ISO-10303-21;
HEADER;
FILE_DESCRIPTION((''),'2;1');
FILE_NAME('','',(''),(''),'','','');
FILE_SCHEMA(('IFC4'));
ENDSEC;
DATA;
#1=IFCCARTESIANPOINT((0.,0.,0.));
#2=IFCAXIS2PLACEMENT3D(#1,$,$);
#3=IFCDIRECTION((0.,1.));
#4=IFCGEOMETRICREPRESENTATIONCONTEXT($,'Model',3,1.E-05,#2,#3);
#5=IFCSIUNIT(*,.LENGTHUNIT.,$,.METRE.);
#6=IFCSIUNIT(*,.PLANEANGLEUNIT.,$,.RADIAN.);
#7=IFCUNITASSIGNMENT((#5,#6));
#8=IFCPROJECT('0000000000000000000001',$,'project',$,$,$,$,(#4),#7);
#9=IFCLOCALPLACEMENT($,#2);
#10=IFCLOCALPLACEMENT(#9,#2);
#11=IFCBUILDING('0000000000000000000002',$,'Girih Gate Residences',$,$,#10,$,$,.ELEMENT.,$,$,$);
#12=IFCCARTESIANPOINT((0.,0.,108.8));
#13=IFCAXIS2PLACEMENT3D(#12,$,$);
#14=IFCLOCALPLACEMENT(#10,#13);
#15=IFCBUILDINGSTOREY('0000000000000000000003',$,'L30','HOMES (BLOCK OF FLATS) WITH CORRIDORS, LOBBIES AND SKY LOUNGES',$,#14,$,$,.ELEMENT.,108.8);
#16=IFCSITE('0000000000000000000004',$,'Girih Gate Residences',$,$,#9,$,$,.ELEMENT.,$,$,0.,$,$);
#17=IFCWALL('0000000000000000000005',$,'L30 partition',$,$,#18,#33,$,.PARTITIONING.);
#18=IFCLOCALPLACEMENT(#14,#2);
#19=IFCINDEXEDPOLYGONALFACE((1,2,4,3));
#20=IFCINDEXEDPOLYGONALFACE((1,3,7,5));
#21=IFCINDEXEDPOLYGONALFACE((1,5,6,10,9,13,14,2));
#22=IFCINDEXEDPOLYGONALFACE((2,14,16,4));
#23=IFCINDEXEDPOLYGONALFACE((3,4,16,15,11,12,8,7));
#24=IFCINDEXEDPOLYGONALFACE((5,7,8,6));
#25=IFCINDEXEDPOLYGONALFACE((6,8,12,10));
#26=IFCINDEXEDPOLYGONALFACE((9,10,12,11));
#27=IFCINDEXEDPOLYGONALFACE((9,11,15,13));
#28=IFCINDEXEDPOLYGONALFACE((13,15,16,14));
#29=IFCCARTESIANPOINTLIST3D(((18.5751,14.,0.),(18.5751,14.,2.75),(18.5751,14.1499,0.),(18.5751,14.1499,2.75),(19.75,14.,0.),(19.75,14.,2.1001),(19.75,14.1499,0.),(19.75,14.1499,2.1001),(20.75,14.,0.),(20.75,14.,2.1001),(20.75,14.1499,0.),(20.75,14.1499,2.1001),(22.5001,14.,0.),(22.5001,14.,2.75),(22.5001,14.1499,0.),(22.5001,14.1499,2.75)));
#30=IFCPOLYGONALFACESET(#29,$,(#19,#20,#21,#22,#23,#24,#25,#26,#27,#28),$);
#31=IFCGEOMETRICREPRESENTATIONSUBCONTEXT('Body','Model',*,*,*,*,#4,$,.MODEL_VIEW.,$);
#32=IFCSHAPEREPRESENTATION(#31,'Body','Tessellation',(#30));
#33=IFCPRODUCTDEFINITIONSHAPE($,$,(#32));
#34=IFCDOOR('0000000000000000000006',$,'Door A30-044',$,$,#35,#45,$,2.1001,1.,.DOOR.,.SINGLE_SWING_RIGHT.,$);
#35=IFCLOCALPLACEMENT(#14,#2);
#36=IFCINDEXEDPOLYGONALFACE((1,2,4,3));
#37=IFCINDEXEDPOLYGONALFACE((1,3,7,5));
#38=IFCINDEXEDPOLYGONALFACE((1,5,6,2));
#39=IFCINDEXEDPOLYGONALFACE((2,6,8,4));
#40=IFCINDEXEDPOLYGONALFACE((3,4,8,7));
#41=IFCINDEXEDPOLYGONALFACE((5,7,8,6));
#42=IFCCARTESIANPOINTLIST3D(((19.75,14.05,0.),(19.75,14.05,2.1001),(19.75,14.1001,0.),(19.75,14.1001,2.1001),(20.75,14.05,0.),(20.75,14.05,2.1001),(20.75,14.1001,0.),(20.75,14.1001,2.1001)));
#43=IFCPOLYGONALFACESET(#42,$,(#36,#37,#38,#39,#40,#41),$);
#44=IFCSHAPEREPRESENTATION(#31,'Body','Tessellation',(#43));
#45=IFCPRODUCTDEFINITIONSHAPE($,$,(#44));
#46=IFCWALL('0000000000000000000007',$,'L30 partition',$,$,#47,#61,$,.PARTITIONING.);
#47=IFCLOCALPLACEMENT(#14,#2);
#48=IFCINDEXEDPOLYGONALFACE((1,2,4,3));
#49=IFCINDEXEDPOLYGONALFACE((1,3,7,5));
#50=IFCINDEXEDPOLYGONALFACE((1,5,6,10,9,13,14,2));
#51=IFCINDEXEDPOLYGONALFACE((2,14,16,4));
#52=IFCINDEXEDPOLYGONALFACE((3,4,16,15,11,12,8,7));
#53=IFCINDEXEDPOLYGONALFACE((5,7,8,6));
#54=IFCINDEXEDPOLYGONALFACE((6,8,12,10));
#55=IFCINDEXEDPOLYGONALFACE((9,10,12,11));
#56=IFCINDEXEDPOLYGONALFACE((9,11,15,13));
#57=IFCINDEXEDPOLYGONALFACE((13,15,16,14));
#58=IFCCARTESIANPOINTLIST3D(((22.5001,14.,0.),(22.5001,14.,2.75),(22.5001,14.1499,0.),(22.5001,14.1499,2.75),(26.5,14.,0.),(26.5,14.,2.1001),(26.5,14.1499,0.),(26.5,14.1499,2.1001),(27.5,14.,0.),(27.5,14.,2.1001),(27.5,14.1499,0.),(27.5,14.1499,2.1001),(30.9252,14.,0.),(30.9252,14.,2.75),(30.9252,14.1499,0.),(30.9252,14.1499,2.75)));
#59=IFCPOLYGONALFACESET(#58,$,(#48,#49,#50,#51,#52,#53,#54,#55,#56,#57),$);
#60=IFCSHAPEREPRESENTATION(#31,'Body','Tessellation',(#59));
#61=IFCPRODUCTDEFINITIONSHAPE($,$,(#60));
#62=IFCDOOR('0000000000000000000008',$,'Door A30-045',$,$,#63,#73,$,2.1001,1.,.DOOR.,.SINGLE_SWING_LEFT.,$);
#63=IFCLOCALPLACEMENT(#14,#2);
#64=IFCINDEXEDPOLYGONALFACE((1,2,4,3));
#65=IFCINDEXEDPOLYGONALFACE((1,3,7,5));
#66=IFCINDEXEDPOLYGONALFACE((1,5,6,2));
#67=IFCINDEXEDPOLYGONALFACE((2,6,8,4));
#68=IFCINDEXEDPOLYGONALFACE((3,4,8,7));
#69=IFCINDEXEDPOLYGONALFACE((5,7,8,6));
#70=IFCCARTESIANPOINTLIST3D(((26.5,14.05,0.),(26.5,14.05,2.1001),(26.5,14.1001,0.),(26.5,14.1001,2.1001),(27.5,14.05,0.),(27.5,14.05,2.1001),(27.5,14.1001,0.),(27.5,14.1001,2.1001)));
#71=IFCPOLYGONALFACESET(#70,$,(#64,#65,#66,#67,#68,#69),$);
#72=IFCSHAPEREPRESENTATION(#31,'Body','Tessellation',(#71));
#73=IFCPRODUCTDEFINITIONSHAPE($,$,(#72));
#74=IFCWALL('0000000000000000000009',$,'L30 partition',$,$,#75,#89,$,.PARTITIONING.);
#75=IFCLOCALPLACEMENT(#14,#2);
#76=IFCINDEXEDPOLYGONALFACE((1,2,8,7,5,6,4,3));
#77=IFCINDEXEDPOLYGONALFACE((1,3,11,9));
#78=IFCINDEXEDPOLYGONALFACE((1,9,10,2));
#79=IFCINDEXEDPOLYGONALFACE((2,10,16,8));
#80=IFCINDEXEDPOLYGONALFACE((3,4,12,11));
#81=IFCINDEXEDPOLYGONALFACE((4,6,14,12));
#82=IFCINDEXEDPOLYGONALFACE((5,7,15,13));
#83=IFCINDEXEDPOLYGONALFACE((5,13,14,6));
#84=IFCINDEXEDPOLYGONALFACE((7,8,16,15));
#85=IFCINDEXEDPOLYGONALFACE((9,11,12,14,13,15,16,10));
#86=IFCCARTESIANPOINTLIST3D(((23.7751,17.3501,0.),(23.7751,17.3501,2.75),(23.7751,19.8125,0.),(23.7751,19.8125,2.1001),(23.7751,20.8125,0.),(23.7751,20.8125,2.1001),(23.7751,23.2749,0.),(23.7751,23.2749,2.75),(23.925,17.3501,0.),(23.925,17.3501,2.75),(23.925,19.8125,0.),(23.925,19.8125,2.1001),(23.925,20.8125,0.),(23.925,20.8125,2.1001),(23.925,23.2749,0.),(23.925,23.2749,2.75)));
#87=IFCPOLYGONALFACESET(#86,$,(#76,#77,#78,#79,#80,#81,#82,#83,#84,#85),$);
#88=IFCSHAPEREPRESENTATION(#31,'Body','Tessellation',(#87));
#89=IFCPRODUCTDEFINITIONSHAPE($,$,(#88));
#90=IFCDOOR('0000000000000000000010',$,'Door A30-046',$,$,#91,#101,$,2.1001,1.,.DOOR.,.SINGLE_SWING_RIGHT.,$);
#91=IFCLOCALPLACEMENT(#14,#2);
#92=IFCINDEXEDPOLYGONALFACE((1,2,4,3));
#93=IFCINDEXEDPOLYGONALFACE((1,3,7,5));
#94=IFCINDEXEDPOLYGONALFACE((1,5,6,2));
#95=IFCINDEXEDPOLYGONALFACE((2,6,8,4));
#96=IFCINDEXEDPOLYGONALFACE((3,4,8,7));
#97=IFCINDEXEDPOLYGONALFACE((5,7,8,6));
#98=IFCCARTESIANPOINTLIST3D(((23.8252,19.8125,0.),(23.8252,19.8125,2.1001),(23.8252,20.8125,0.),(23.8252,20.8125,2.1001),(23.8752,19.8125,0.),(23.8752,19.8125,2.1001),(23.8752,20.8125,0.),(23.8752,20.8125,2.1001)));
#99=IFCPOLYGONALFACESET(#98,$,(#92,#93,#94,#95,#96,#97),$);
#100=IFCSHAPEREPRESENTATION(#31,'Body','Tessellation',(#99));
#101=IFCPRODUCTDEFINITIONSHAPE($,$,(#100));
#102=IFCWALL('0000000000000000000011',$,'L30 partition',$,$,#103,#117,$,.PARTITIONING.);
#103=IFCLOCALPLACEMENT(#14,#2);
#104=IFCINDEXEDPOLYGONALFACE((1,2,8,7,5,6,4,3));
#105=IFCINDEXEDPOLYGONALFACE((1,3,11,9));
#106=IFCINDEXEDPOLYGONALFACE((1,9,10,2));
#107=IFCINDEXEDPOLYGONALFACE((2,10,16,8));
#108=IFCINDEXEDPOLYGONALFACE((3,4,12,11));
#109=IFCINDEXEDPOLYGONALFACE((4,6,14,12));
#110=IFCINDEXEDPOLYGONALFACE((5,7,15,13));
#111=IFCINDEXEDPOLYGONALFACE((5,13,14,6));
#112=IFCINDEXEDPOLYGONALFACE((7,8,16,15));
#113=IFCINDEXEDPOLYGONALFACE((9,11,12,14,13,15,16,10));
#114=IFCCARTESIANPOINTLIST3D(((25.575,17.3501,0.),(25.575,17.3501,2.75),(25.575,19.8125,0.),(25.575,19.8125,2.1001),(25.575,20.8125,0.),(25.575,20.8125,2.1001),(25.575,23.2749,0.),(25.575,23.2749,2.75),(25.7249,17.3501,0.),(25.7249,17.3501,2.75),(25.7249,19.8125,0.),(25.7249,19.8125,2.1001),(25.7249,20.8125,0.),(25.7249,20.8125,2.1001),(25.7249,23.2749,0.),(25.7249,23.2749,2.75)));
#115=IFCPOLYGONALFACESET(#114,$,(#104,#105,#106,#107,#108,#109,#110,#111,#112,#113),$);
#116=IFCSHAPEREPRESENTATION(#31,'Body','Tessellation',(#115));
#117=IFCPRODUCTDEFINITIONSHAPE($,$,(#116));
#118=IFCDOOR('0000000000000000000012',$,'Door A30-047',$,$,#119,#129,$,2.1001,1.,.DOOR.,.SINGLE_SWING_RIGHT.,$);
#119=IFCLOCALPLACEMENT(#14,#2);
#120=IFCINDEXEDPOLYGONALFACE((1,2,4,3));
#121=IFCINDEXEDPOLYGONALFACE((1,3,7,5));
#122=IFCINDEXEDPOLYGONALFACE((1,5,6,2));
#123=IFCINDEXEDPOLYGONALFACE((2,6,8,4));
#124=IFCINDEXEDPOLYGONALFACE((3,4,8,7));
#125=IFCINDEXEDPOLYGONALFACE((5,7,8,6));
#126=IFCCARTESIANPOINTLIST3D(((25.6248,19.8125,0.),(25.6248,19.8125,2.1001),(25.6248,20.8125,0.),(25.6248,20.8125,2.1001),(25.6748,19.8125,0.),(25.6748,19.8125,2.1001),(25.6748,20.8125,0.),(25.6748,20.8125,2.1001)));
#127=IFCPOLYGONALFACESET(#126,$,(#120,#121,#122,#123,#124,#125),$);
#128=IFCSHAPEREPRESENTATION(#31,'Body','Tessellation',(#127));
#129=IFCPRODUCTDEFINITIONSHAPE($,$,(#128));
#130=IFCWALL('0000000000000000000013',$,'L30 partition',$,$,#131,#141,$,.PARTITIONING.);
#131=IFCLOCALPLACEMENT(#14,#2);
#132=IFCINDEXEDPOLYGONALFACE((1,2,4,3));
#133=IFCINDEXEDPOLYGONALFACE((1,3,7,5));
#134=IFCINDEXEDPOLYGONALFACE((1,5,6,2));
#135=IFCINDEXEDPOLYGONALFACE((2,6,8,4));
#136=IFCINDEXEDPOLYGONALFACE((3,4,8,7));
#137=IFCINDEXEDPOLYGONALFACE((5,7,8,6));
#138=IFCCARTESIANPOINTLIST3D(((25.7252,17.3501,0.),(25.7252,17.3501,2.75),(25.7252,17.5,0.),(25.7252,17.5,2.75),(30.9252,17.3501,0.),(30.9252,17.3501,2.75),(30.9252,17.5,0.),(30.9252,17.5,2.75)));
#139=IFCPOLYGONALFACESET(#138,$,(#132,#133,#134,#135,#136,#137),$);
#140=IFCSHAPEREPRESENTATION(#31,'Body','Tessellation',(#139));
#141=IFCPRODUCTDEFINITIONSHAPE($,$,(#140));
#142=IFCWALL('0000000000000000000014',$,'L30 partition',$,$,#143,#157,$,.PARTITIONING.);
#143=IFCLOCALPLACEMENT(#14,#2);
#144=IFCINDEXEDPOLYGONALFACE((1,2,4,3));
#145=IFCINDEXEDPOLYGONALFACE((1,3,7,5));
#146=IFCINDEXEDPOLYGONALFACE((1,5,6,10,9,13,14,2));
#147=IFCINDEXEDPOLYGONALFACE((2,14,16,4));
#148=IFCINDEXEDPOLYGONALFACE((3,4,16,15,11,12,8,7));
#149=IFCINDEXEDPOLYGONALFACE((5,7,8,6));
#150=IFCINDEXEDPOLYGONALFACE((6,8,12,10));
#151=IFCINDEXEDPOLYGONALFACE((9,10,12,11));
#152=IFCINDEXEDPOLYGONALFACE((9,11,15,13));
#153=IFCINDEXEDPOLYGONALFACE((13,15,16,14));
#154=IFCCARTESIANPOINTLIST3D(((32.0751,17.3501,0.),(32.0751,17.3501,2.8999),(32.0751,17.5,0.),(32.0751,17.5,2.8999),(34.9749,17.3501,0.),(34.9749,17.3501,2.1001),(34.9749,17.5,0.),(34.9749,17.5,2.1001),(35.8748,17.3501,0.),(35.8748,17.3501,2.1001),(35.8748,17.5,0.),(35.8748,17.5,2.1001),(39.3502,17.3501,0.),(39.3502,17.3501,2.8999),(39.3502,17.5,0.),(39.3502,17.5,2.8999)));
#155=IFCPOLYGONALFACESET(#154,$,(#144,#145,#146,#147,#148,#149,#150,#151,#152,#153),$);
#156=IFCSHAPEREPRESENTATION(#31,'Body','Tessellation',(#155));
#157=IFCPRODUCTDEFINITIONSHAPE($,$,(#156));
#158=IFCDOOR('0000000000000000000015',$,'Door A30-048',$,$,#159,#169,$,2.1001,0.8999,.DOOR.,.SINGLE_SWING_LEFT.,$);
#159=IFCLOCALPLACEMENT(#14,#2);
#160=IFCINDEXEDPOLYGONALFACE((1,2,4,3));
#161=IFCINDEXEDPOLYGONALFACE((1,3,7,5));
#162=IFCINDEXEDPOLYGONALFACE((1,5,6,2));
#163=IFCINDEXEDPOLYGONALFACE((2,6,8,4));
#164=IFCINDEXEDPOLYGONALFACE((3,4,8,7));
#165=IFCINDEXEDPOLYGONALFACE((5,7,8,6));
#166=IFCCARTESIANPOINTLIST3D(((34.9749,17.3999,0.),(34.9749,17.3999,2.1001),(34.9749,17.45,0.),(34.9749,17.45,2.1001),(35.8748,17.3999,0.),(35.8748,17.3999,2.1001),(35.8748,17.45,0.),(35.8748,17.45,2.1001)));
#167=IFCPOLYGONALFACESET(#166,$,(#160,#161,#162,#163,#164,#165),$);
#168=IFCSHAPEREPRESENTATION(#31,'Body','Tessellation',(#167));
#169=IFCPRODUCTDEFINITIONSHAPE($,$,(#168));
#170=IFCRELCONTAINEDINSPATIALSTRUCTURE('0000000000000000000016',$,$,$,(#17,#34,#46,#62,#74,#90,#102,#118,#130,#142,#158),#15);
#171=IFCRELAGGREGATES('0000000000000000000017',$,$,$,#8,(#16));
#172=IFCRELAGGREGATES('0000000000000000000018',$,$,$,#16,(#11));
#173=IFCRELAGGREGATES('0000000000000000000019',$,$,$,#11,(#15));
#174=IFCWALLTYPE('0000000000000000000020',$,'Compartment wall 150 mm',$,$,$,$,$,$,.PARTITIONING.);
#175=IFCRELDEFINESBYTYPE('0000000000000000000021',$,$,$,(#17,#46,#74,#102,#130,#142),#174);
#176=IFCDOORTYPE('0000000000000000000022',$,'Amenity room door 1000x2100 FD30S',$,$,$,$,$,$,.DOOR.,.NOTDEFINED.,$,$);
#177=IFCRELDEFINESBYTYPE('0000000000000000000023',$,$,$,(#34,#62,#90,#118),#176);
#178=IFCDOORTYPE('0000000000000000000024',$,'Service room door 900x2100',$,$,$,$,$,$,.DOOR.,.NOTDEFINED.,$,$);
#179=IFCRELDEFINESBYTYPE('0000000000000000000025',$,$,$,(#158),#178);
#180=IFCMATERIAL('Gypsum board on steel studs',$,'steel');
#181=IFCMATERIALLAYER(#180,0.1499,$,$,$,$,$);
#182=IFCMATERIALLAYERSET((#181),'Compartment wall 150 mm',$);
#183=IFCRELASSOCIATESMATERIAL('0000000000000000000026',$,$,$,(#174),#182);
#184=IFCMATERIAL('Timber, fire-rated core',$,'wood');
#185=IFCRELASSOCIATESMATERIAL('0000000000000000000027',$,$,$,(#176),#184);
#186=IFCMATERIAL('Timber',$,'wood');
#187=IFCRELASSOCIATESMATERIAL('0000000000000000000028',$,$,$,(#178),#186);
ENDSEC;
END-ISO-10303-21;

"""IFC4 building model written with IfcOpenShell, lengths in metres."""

from ifc_helpers import new_model, si_unit, direction, frame, frame_2d, origin, place, context, subcontext, project, spatial, rectangle, extrude, material, layer, layer_set, type_object, element, fill, save


model = new_model("IFC4")

# Units and contexts
model_context = context("Model", 3, precision=1e-05, world=origin(), true_north=direction((0.0, 1.0)))
body_context = subcontext(model_context, "Body", "Model", "MODEL_VIEW")
ifc_project = project(units=[si_unit("LENGTHUNIT", "METRE"), si_unit("PLANEANGLEUNIT", "RADIAN")], contexts=[model_context])

# Site, building, storey
site_placement = place(None, origin())
site = spatial("IfcSite", under=ifc_project, at=site_placement, Name="Girih Gate Residences", CompositionType="ELEMENT", RefElevation=0.0)
building_placement = place(site_placement, origin())
building = spatial("IfcBuilding", under=site, at=building_placement, Name="Girih Gate Residences", CompositionType="ELEMENT")
storey_placement = place(building_placement, frame((0.0, 0.0, 108.8)))
storey = spatial("IfcBuildingStorey", under=building, at=storey_placement, Name="L30", Description="HOMES (BLOCK OF FLATS) WITH CORRIDORS, LOBBIES AND SKY LOUNGES", CompositionType="ELEMENT", Elevation=108.8)

# Shared definitions
ifc_material_1 = material(Name="Gypsum board on steel studs", Category="steel")
ifc_layer_1 = layer(ifc_material_1, 0.1499)
ifc_layer_set_1 = layer_set([ifc_layer_1], Name="Compartment wall 150 mm")
wall_type_1 = type_object("IfcWallType", Name="Compartment wall 150 mm", PredefinedType="PARTITIONING", material=ifc_layer_set_1)

# Shared definitions
ifc_material_2 = material(Name="Timber, fire-rated core", Category="wood")

# Walls, openings, doors
wall_1_placement = place(storey_placement, frame((22.5, 14.075, 0.0), z_axis=(0.0, 0.0, 1.0), x_axis=(-1.0, 0.0, 0.0)))
wall_1 = element("IfcWall", 1, at=wall_1_placement, inside=storey, type_object=wall_type_1, Name="L30 partition", PredefinedType="PARTITIONING", context=body_context, shape_type="SweptSolid", body=[
    extrude(rectangle(XDim=3.925, YDim=0.1499, at=frame_2d((1.9624, 0.0))), origin(), (0.0, 0.0, 1.0), 2.75),
])
opening_1_placement = place(wall_1_placement, frame((1.75, 0.0, 0.0)))
opening_1 = element("IfcOpeningElement", 2, at=opening_1_placement, cuts=wall_1, PredefinedType="OPENING", context=body_context, shape_type="SweptSolid", body=[
    extrude(rectangle(XDim=1.0, YDim=2.1001, at=frame_2d((0.5, 1.05))), frame((0.0, 0.085, 0.0), z_axis=(0.0, -1.0, 0.0), x_axis=(1.0, 0.0, 0.0)), (0.0, 0.0, 1.0), 0.1699),
])
door_type_1 = type_object("IfcDoorType", Name="Amenity room door 1000x2100 FD30S", OperationType="NOTDEFINED", PredefinedType="DOOR", material=ifc_material_2)
door_1_placement = place(opening_1_placement, origin())
door_1 = element("IfcDoor", 3, at=door_1_placement, inside=storey, type_object=door_type_1, Name="Door A30-044", OperationType="SINGLE_SWING_RIGHT", OverallHeight=2.1001, OverallWidth=1.0, PredefinedType="DOOR", context=body_context, shape_type="SweptSolid", body=[
    extrude(rectangle(XDim=1.0, YDim=2.1001, at=frame_2d((0.5, 1.05))), frame((0.0, 0.0249, 0.0), z_axis=(0.0, -1.0, 0.0), x_axis=(1.0, 0.0, 0.0)), (0.0, 0.0, 1.0), 0.05),
])
fill(opening_1, door_1)
wall_2_placement = place(storey_placement, frame((30.925, 14.075, 0.0), z_axis=(0.0, 0.0, 1.0), x_axis=(-1.0, 0.0, 0.0)))
wall_2 = element("IfcWall", 4, at=wall_2_placement, inside=storey, type_object=wall_type_1, Name="L30 partition", PredefinedType="PARTITIONING", context=body_context, shape_type="SweptSolid", body=[
    extrude(rectangle(XDim=8.425, YDim=0.1499, at=frame_2d((4.2124, 0.0))), origin(), (0.0, 0.0, 1.0), 2.75),
])
opening_2_placement = place(wall_2_placement, frame((3.425, 0.0, 0.0)))
opening_2 = element("IfcOpeningElement", 5, at=opening_2_placement, cuts=wall_2, PredefinedType="OPENING", context=body_context, shape_type="SweptSolid", body=[
    extrude(rectangle(XDim=1.0, YDim=2.1001, at=frame_2d((0.5, 1.05))), frame((0.0, 0.085, 0.0), z_axis=(0.0, -1.0, 0.0), x_axis=(1.0, 0.0, 0.0)), (0.0, 0.0, 1.0), 0.1699),
])
door_2_placement = place(opening_2_placement, origin())
door_2 = element("IfcDoor", 6, at=door_2_placement, inside=storey, type_object=door_type_1, Name="Door A30-045", OperationType="SINGLE_SWING_LEFT", OverallHeight=2.1001, OverallWidth=1.0, PredefinedType="DOOR", context=body_context, shape_type="SweptSolid", body=[
    extrude(rectangle(XDim=1.0, YDim=2.1001, at=frame_2d((0.5, 1.05))), frame((0.0, 0.0249, 0.0), z_axis=(0.0, -1.0, 0.0), x_axis=(1.0, 0.0, 0.0)), (0.0, 0.0, 1.0), 0.05),
])
fill(opening_2, door_2)
wall_3_placement = place(storey_placement, frame((23.8501, 17.3501, 0.0), z_axis=(0.0, 0.0, 1.0), x_axis=(0.0, 1.0, 0.0)))
wall_3 = element("IfcWall", 7, at=wall_3_placement, inside=storey, type_object=wall_type_1, Name="L30 partition", PredefinedType="PARTITIONING", context=body_context, shape_type="SweptSolid", body=[
    extrude(rectangle(XDim=5.9248, YDim=0.1499, at=frame_2d((2.9624, 0.0))), origin(), (0.0, 0.0, 1.0), 2.75),
])
opening_3_placement = place(wall_3_placement, frame((2.4624, 0.0, 0.0)))
opening_3 = element("IfcOpeningElement", 8, at=opening_3_placement, cuts=wall_3, PredefinedType="OPENING", context=body_context, shape_type="SweptSolid", body=[
    extrude(rectangle(XDim=1.0, YDim=2.1001, at=frame_2d((0.5, 1.05))), frame((0.0, 0.085, 0.0), z_axis=(0.0, -1.0, 0.0), x_axis=(1.0, 0.0, 0.0)), (0.0, 0.0, 1.0), 0.1699),
])
door_3_placement = place(opening_3_placement, origin())
door_3 = element("IfcDoor", 9, at=door_3_placement, inside=storey, type_object=door_type_1, Name="Door A30-046", OperationType="SINGLE_SWING_RIGHT", OverallHeight=2.1001, OverallWidth=1.0, PredefinedType="DOOR", context=body_context, shape_type="SweptSolid", body=[
    extrude(rectangle(XDim=1.0, YDim=2.1001, at=frame_2d((0.5, 1.05))), frame((0.0, 0.0249, 0.0), z_axis=(0.0, -1.0, 0.0), x_axis=(1.0, 0.0, 0.0)), (0.0, 0.0, 1.0), 0.05),
])
fill(opening_3, door_3)
wall_4_placement = place(storey_placement, frame((25.6499, 23.2749, 0.0), z_axis=(0.0, 0.0, 1.0), x_axis=(0.0, -1.0, 0.0)))
wall_4 = element("IfcWall", 10, at=wall_4_placement, inside=storey, type_object=wall_type_1, Name="L30 partition", PredefinedType="PARTITIONING", context=body_context, shape_type="SweptSolid", body=[
    extrude(rectangle(XDim=5.9248, YDim=0.1499, at=frame_2d((2.9624, 0.0))), origin(), (0.0, 0.0, 1.0), 2.75),
])
opening_4_placement = place(wall_4_placement, frame((2.4624, 0.0, 0.0)))
opening_4 = element("IfcOpeningElement", 11, at=opening_4_placement, cuts=wall_4, PredefinedType="OPENING", context=body_context, shape_type="SweptSolid", body=[
    extrude(rectangle(XDim=1.0, YDim=2.1001, at=frame_2d((0.5, 1.05))), frame((0.0, 0.085, 0.0), z_axis=(0.0, -1.0, 0.0), x_axis=(1.0, 0.0, 0.0)), (0.0, 0.0, 1.0), 0.1699),
])
door_4_placement = place(opening_4_placement, origin())
door_4 = element("IfcDoor", 12, at=door_4_placement, inside=storey, type_object=door_type_1, Name="Door A30-047", OperationType="SINGLE_SWING_RIGHT", OverallHeight=2.1001, OverallWidth=1.0, PredefinedType="DOOR", context=body_context, shape_type="SweptSolid", body=[
    extrude(rectangle(XDim=1.0, YDim=2.1001, at=frame_2d((0.5, 1.05))), frame((0.0, 0.0249, 0.0), z_axis=(0.0, -1.0, 0.0), x_axis=(1.0, 0.0, 0.0)), (0.0, 0.0, 1.0), 0.05),
])
fill(opening_4, door_4)

# Wall
wall_5_placement = place(storey_placement, frame((25.7251, 17.425, 0.0), z_axis=(0.0, 0.0, 1.0), x_axis=(1.0, 0.0, 0.0)))
element("IfcWall", 13, at=wall_5_placement, inside=storey, type_object=wall_type_1, Name="L30 partition", PredefinedType="PARTITIONING", context=body_context, shape_type="SweptSolid", body=[
    extrude(rectangle(XDim=5.2, YDim=0.1499, at=frame_2d((2.6001, 0.0))), origin(), (0.0, 0.0, 1.0), 2.75),
])

# Wall, opening, door
wall_6_placement = place(storey_placement, frame((32.075, 17.425, 0.0), z_axis=(0.0, 0.0, 1.0), x_axis=(1.0, 0.0, 0.0)))
wall_6 = element("IfcWall", 14, at=wall_6_placement, inside=storey, type_object=wall_type_1, Name="L30 partition", PredefinedType="PARTITIONING", context=body_context, shape_type="SweptSolid", body=[
    extrude(rectangle(XDim=7.2751, YDim=0.1499, at=frame_2d((3.6377, 0.0))), origin(), (0.0, 0.0, 1.0), 2.8999),
])
opening_5_placement = place(wall_6_placement, frame((2.8999, 0.0, 0.0)))
opening_5 = element("IfcOpeningElement", 15, at=opening_5_placement, cuts=wall_6, PredefinedType="OPENING", context=body_context, shape_type="SweptSolid", body=[
    extrude(rectangle(XDim=0.8999, YDim=2.1001, at=frame_2d((0.45, 1.05))), frame((0.0, 0.085, 0.0), z_axis=(0.0, -1.0, 0.0), x_axis=(1.0, 0.0, 0.0)), (0.0, 0.0, 1.0), 0.1699),
])
ifc_material_3 = material(Name="Timber", Category="wood")
door_type_2 = type_object("IfcDoorType", Name="Service room door 900x2100", OperationType="NOTDEFINED", PredefinedType="DOOR", material=ifc_material_3)
door_5_placement = place(opening_5_placement, origin())
door_5 = element("IfcDoor", 16, at=door_5_placement, inside=storey, type_object=door_type_2, Name="Door A30-048", OperationType="SINGLE_SWING_LEFT", OverallHeight=2.1001, OverallWidth=0.8999, PredefinedType="DOOR", context=body_context, shape_type="SweptSolid", body=[
    extrude(rectangle(XDim=0.8999, YDim=2.1001, at=frame_2d((0.45, 1.05))), frame((0.0, 0.0249, 0.0), z_axis=(0.0, -1.0, 0.0), x_axis=(1.0, 0.0, 0.0)), (0.0, 0.0, 1.0), 0.05),
])
fill(opening_5, door_5)

save(model, "model.ifc")
